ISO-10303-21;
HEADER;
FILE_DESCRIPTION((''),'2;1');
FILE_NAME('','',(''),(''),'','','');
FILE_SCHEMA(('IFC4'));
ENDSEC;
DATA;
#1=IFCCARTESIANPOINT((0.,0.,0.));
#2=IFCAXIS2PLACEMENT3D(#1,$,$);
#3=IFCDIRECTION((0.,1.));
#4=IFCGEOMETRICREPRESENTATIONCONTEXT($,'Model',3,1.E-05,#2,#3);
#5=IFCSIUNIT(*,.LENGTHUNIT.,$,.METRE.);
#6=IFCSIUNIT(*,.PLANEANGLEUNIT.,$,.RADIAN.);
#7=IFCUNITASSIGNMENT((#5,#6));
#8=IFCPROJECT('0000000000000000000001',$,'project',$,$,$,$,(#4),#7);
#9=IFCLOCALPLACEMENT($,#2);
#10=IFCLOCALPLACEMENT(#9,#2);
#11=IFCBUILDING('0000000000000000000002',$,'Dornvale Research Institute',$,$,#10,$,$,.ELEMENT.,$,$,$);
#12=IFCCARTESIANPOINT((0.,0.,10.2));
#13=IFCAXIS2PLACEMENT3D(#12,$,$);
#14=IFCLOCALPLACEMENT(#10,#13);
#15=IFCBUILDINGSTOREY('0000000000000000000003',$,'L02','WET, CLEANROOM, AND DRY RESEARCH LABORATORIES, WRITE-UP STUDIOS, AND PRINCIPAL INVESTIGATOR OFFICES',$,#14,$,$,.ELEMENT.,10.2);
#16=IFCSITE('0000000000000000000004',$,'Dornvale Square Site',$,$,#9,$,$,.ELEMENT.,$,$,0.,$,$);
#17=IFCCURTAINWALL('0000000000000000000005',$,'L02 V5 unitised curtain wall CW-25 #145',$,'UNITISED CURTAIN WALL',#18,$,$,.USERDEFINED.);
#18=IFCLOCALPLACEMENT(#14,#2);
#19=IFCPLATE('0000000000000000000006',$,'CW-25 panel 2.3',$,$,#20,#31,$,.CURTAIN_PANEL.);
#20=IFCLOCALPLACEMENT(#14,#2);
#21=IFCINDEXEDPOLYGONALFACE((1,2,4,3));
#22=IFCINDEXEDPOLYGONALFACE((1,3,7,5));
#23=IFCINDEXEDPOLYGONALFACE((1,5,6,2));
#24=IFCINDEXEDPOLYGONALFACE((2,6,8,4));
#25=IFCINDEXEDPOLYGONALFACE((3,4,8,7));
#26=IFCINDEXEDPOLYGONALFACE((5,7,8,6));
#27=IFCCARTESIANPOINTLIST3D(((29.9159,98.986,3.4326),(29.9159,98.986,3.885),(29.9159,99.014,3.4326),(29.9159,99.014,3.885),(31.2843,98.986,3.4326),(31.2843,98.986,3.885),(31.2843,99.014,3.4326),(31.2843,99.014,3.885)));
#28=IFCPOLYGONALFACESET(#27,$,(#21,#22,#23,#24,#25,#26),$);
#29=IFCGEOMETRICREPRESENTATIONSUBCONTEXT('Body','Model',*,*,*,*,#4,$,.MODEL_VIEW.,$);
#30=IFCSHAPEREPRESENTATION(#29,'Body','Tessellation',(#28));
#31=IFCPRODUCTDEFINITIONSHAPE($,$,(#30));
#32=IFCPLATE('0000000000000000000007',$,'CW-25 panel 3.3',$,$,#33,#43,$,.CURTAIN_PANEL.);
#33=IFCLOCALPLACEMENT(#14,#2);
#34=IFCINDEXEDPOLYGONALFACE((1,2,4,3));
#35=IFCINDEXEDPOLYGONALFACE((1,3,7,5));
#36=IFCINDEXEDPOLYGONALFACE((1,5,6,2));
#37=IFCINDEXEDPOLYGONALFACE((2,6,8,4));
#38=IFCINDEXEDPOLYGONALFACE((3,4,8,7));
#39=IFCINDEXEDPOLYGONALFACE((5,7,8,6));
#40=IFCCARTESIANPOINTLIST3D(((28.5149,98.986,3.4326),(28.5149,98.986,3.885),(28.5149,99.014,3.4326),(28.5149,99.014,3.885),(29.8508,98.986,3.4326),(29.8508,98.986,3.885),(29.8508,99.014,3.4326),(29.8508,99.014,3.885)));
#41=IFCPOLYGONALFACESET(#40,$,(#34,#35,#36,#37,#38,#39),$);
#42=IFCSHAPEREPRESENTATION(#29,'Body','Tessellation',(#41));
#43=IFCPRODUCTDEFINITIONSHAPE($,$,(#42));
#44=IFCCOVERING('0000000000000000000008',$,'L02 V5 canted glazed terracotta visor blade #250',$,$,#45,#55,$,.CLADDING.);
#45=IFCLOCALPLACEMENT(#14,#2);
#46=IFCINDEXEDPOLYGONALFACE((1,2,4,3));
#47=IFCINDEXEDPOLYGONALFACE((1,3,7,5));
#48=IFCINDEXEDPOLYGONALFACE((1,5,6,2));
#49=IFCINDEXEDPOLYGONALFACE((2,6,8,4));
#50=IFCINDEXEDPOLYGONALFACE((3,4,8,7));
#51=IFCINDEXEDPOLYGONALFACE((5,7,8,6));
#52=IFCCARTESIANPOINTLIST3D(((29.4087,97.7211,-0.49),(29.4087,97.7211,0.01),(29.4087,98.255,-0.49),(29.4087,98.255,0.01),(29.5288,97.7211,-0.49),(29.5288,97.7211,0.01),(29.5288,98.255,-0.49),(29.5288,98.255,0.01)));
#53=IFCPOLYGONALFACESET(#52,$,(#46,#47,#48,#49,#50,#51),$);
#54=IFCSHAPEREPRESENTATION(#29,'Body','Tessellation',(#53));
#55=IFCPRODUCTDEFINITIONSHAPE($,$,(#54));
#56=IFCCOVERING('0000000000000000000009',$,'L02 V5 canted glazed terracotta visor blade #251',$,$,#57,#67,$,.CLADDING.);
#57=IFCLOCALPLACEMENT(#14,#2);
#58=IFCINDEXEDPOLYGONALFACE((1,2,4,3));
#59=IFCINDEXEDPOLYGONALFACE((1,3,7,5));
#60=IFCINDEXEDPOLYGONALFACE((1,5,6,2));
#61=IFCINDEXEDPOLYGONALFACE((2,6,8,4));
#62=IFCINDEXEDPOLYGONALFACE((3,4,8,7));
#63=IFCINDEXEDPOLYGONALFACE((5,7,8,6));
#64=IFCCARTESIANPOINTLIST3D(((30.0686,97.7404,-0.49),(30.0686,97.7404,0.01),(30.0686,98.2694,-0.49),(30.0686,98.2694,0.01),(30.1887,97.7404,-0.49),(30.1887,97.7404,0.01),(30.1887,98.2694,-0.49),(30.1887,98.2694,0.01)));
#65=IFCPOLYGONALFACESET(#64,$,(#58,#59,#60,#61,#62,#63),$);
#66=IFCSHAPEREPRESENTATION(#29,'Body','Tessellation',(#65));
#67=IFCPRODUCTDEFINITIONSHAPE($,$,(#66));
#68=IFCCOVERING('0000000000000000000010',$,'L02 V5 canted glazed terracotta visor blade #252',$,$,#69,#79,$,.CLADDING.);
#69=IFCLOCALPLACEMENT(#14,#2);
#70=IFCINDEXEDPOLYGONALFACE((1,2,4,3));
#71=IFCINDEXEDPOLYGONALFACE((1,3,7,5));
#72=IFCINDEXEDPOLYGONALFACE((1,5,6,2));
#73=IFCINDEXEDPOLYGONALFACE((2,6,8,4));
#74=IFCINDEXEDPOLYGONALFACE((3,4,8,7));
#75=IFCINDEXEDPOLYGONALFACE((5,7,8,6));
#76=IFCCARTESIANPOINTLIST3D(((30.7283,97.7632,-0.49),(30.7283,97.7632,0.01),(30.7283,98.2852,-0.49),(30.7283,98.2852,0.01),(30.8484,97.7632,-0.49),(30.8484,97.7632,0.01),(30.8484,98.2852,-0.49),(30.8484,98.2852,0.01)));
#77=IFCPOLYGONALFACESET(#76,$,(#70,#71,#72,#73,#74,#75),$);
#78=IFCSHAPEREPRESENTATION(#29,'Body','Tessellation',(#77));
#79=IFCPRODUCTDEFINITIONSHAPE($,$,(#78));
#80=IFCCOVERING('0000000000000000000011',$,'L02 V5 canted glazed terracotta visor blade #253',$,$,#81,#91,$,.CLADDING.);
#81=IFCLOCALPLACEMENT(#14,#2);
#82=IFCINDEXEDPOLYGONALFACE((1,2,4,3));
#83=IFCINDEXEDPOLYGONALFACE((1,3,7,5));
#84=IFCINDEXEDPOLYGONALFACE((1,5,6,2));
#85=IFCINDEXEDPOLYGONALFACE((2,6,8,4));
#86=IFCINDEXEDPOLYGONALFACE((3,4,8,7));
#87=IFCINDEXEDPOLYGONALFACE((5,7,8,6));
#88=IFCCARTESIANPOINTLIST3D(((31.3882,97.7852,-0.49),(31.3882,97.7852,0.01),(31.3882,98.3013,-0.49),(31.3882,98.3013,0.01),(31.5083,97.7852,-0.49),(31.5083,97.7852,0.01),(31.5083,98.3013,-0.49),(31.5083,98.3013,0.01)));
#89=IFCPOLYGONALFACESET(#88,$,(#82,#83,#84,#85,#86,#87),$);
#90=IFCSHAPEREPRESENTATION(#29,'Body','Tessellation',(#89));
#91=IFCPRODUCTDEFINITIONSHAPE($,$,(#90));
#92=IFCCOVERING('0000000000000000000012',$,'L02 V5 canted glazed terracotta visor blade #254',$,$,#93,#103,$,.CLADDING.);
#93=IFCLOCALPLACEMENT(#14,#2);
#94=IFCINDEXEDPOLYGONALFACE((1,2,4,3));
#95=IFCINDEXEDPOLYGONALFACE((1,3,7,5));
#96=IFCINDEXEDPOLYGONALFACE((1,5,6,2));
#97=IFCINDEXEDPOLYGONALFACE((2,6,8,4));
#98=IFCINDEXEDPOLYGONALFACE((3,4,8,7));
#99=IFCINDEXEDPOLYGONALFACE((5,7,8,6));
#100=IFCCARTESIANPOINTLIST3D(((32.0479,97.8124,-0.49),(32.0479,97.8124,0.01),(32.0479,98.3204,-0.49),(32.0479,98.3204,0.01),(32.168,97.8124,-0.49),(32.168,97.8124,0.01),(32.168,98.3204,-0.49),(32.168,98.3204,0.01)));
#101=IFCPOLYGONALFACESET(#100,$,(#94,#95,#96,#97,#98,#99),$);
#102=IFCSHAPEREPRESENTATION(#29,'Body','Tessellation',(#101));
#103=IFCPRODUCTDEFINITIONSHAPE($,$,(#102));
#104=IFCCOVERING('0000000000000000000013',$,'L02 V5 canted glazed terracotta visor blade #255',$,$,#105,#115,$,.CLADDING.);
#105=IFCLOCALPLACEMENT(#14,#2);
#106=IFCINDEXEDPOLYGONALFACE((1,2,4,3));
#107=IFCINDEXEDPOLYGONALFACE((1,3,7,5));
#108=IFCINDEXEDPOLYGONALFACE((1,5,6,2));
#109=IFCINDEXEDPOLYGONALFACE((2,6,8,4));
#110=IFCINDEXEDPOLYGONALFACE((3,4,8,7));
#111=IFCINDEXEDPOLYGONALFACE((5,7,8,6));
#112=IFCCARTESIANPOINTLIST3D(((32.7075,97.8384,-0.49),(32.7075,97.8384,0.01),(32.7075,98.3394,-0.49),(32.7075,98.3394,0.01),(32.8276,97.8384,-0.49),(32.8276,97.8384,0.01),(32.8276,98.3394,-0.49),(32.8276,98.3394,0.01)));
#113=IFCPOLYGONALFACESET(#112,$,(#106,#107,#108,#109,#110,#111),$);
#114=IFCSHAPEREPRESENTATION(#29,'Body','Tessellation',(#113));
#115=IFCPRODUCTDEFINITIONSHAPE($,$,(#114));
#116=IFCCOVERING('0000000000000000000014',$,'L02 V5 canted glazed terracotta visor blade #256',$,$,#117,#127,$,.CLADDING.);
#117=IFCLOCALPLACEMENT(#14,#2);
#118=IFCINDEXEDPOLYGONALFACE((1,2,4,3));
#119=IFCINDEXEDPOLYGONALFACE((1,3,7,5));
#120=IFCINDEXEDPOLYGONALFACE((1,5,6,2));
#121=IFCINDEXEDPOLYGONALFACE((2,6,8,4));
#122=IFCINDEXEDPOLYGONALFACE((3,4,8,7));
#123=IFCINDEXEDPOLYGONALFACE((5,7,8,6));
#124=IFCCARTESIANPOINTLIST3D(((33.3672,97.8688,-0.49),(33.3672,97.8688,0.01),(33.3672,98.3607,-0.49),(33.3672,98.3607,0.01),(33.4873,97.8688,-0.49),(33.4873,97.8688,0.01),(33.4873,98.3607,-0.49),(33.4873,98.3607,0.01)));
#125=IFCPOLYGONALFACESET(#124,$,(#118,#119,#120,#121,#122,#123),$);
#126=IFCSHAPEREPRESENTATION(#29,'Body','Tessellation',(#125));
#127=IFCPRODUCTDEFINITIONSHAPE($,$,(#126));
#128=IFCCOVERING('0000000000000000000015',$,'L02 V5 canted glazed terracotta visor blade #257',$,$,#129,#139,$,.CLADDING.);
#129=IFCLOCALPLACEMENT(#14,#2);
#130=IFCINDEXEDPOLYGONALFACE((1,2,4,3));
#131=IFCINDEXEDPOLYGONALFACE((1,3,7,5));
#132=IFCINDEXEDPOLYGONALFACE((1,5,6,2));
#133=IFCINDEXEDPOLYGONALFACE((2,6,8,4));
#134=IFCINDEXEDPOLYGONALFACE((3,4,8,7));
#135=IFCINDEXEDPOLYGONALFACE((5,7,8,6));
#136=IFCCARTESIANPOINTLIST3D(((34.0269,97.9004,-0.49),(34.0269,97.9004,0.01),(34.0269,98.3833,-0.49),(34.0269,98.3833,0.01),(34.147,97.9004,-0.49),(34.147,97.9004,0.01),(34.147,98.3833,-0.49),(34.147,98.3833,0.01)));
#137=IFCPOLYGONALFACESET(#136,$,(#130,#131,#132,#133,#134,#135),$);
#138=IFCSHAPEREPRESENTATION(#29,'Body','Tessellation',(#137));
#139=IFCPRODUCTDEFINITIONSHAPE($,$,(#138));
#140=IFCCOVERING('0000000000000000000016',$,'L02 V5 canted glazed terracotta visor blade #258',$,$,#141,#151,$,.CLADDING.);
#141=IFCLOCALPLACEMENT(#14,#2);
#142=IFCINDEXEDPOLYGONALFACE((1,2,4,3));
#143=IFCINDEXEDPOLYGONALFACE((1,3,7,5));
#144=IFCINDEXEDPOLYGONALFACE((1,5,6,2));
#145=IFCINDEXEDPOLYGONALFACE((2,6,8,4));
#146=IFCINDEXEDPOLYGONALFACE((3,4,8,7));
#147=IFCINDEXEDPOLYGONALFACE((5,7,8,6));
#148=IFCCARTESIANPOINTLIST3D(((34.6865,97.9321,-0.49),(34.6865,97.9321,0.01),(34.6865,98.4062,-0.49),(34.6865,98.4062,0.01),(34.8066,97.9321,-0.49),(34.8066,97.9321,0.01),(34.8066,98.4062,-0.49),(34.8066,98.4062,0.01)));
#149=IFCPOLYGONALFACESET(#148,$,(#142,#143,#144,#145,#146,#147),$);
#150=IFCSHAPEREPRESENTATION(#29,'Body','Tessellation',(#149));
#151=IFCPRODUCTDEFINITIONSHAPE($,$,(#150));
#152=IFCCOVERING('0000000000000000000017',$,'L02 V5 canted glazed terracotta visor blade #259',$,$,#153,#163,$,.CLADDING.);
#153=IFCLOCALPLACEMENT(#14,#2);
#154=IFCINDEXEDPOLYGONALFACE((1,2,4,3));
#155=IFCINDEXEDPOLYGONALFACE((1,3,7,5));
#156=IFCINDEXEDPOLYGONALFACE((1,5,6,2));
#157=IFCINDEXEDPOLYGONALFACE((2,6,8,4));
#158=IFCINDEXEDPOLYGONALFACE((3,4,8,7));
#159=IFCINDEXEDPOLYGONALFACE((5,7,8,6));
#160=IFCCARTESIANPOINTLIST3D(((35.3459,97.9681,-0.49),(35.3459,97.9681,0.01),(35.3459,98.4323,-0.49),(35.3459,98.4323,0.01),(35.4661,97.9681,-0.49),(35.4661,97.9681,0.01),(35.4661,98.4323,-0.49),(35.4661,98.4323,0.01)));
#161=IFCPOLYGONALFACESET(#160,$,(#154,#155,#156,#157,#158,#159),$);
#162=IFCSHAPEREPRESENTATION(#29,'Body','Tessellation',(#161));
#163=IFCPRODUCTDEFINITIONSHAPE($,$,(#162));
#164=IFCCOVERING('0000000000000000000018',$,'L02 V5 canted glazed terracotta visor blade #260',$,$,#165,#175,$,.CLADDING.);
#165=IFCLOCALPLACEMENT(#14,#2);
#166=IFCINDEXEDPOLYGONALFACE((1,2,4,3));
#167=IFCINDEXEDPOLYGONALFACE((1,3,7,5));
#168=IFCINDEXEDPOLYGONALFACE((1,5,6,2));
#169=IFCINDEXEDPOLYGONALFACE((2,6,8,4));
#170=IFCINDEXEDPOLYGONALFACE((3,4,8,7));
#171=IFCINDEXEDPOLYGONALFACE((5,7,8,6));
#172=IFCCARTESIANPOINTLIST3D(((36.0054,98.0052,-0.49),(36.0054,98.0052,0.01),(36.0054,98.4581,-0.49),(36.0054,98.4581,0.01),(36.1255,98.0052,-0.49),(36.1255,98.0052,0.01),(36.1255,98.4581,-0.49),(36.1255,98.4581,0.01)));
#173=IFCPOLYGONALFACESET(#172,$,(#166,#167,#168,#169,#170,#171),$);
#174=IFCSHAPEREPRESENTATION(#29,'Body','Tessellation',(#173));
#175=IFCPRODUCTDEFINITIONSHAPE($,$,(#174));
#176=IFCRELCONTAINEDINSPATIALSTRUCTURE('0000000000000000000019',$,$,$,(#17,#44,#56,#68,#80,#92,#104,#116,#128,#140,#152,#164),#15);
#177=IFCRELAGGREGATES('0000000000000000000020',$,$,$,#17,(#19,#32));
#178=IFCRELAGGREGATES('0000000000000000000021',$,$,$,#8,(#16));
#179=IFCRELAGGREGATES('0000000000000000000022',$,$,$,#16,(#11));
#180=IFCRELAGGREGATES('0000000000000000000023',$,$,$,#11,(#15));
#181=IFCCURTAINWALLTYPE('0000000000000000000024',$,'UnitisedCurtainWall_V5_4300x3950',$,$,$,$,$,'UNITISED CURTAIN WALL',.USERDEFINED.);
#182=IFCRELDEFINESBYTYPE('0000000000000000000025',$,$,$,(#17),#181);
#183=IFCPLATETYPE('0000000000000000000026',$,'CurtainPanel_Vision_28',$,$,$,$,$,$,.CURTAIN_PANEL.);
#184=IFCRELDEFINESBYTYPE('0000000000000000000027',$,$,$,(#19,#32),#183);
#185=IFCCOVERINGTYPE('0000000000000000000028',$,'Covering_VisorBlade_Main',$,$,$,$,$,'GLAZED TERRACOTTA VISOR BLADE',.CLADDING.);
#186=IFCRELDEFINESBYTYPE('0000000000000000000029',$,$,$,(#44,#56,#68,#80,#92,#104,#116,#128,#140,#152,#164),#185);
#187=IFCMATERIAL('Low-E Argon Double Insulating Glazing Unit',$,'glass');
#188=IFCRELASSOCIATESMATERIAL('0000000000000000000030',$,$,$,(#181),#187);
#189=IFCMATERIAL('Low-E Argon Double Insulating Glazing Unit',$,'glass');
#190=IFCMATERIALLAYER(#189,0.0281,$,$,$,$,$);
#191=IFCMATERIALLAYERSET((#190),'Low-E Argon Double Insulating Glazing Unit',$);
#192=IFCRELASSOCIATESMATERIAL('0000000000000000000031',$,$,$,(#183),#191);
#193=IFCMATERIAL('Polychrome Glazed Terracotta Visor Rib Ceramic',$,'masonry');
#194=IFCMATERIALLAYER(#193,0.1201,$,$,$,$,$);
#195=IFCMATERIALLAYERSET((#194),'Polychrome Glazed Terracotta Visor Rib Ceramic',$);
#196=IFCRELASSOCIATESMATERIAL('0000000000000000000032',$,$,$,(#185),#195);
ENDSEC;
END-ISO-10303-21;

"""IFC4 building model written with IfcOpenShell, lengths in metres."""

from ifc_helpers import new_model, si_unit, direction, frame, origin, origin_2d, place, context, subcontext, project, spatial, rectangle, extrude, material, layer, layer_set, type_object, element, aggregate, save


model = new_model("IFC4")

# Units and contexts
model_context = context("Model", 3, precision=1e-05, world=origin(), true_north=direction((0.0, 1.0)))
body_context = subcontext(model_context, "Body", "Model", "MODEL_VIEW")
ifc_project = project(units=[si_unit("LENGTHUNIT", "METRE"), si_unit("PLANEANGLEUNIT", "RADIAN")], contexts=[model_context])

# Site, building, storey
site_placement = place(None, origin())
site = spatial("IfcSite", under=ifc_project, at=site_placement, Name="Dornvale Square Site", CompositionType="ELEMENT", RefElevation=0.0)
building_placement = place(site_placement, origin())
building = spatial("IfcBuilding", under=site, at=building_placement, Name="Dornvale Research Institute", CompositionType="ELEMENT")
storey_placement = place(building_placement, frame((0.0, 0.0, 10.2)))
storey = spatial("IfcBuildingStorey", under=building, at=storey_placement, Name="L02", Description="WET, CLEANROOM, AND DRY RESEARCH LABORATORIES, WRITE-UP STUDIOS, AND PRINCIPAL INVESTIGATOR OFFICES", CompositionType="ELEMENT", Elevation=10.2)

# Curtain wall, plates
ifc_material_1 = material(Name="Low-E Argon Double Insulating Glazing Unit", Category="glass")
curtain_wall_type = type_object("IfcCurtainWallType", Name="UnitisedCurtainWall_V5_4300x3950", ElementType="UNITISED CURTAIN WALL", PredefinedType="USERDEFINED", material=ifc_material_1)
curtain_wall_placement = place(storey_placement, origin())
curtain_wall = element("IfcCurtainWall", 1, at=curtain_wall_placement, inside=storey, type_object=curtain_wall_type, Name="L02 V5 unitised curtain wall CW-25 #145", ObjectType="UNITISED CURTAIN WALL", PredefinedType="USERDEFINED")
ifc_material_2 = material(Name="Low-E Argon Double Insulating Glazing Unit", Category="glass")
ifc_layer_1 = layer(ifc_material_2, 0.0281)
ifc_layer_set_1 = layer_set([ifc_layer_1], Name="Low-E Argon Double Insulating Glazing Unit")
plate_type_1 = type_object("IfcPlateType", Name="CurtainPanel_Vision_28", PredefinedType="CURTAIN_PANEL", material=ifc_layer_set_1)
plate_1_placement = place(storey_placement, frame((30.6001, 99.0, 3.4326), z_axis=(0.0, 0.0, 1.0), x_axis=(-1.0, 0.0, 0.0)))
plate_1 = element("IfcPlate", 2, at=plate_1_placement, type_object=plate_type_1, Name="CW-25 panel 2.3", PredefinedType="CURTAIN_PANEL", context=body_context, shape_type="SweptSolid", body=[
    extrude(rectangle(XDim=1.3684, YDim=0.0281, at=origin_2d()), origin(), (0.0, 0.0, 1.0), 0.4524),
])
plate_2_placement = place(storey_placement, frame((29.1829, 99.0, 3.4326), z_axis=(0.0, 0.0, 1.0), x_axis=(-1.0, 0.0, 0.0)))
plate_2 = element("IfcPlate", 3, at=plate_2_placement, type_object=plate_type_1, Name="CW-25 panel 3.3", PredefinedType="CURTAIN_PANEL", context=body_context, shape_type="SweptSolid", body=[
    extrude(rectangle(XDim=1.3359, YDim=0.0281, at=origin_2d()), origin(), (0.0, 0.0, 1.0), 0.4524),
])
aggregate(curtain_wall, [plate_1, plate_2])

# Coverings
ifc_material_3 = material(Name="Polychrome Glazed Terracotta Visor Rib Ceramic", Category="masonry")
ifc_layer_2 = layer(ifc_material_3, 0.1201)
ifc_layer_set_2 = layer_set([ifc_layer_2], Name="Polychrome Glazed Terracotta Visor Rib Ceramic")
covering_type = type_object("IfcCoveringType", Name="Covering_VisorBlade_Main", ElementType="GLAZED TERRACOTTA VISOR BLADE", PredefinedType="CLADDING", material=ifc_layer_set_2)
covering_1_placement = place(storey_placement, frame((29.4688, 97.988, -0.49), z_axis=(0.0, 0.0, 1.0), x_axis=(0.0, 1.0, 0.0)))
element("IfcCovering", 4, at=covering_1_placement, inside=storey, type_object=covering_type, Name="L02 V5 canted glazed terracotta visor blade #250", PredefinedType="CLADDING", context=body_context, shape_type="SweptSolid", body=[
    extrude(rectangle(XDim=0.5339, YDim=0.1201, at=origin_2d()), origin(), (0.0, 0.0, 1.0), 0.5),
])
covering_2_placement = place(storey_placement, frame((30.1287, 98.0049, -0.49), z_axis=(0.0, 0.0, 1.0), x_axis=(0.0, 1.0, 0.0)))
element("IfcCovering", 5, at=covering_2_placement, inside=storey, type_object=covering_type, Name="L02 V5 canted glazed terracotta visor blade #251", PredefinedType="CLADDING", context=body_context, shape_type="SweptSolid", body=[
    extrude(rectangle(XDim=0.5291, YDim=0.1201, at=origin_2d()), origin(), (0.0, 0.0, 1.0), 0.5),
])
covering_3_placement = place(storey_placement, frame((30.7883, 98.0242, -0.49), z_axis=(0.0, 0.0, 1.0), x_axis=(0.0, 1.0, 0.0)))
element("IfcCovering", 6, at=covering_3_placement, inside=storey, type_object=covering_type, Name="L02 V5 canted glazed terracotta visor blade #252", PredefinedType="CLADDING", context=body_context, shape_type="SweptSolid", body=[
    extrude(rectangle(XDim=0.522, YDim=0.1201, at=origin_2d()), origin(), (0.0, 0.0, 1.0), 0.5),
])
covering_4_placement = place(storey_placement, frame((31.4482, 98.0432, -0.49), z_axis=(0.0, 0.0, 1.0), x_axis=(0.0, 1.0, 0.0)))
element("IfcCovering", 7, at=covering_4_placement, inside=storey, type_object=covering_type, Name="L02 V5 canted glazed terracotta visor blade #253", PredefinedType="CLADDING", context=body_context, shape_type="SweptSolid", body=[
    extrude(rectangle(XDim=0.5161, YDim=0.1201, at=origin_2d()), origin(), (0.0, 0.0, 1.0), 0.5),
])
covering_5_placement = place(storey_placement, frame((32.1079, 98.0664, -0.49), z_axis=(0.0, 0.0, 1.0), x_axis=(0.0, 1.0, 0.0)))
element("IfcCovering", 8, at=covering_5_placement, inside=storey, type_object=covering_type, Name="L02 V5 canted glazed terracotta visor blade #254", PredefinedType="CLADDING", context=body_context, shape_type="SweptSolid", body=[
    extrude(rectangle(XDim=0.5081, YDim=0.1201, at=origin_2d()), origin(), (0.0, 0.0, 1.0), 0.5),
])
covering_6_placement = place(storey_placement, frame((32.7676, 98.0889, -0.49), z_axis=(0.0, 0.0, 1.0), x_axis=(0.0, 1.0, 0.0)))
element("IfcCovering", 9, at=covering_6_placement, inside=storey, type_object=covering_type, Name="L02 V5 canted glazed terracotta visor blade #255", PredefinedType="CLADDING", context=body_context, shape_type="SweptSolid", body=[
    extrude(rectangle(XDim=0.501, YDim=0.1201, at=origin_2d()), origin(), (0.0, 0.0, 1.0), 0.5),
])
covering_7_placement = place(storey_placement, frame((33.4272, 98.1147, -0.49), z_axis=(0.0, 0.0, 1.0), x_axis=(0.0, 1.0, 0.0)))
element("IfcCovering", 10, at=covering_7_placement, inside=storey, type_object=covering_type, Name="L02 V5 canted glazed terracotta visor blade #256", PredefinedType="CLADDING", context=body_context, shape_type="SweptSolid", body=[
    extrude(rectangle(XDim=0.4919, YDim=0.1201, at=origin_2d()), origin(), (0.0, 0.0, 1.0), 0.5),
])
covering_8_placement = place(storey_placement, frame((34.0869, 98.1418, -0.49), z_axis=(0.0, 0.0, 1.0), x_axis=(0.0, 1.0, 0.0)))
element("IfcCovering", 11, at=covering_8_placement, inside=storey, type_object=covering_type, Name="L02 V5 canted glazed terracotta visor blade #257", PredefinedType="CLADDING", context=body_context, shape_type="SweptSolid", body=[
    extrude(rectangle(XDim=0.4829, YDim=0.1201, at=origin_2d()), origin(), (0.0, 0.0, 1.0), 0.5),
])
covering_9_placement = place(storey_placement, frame((34.7466, 98.1692, -0.49), z_axis=(0.0, 0.0, 1.0), x_axis=(0.0, 1.0, 0.0)))
element("IfcCovering", 12, at=covering_9_placement, inside=storey, type_object=covering_type, Name="L02 V5 canted glazed terracotta visor blade #258", PredefinedType="CLADDING", context=body_context, shape_type="SweptSolid", body=[
    extrude(rectangle(XDim=0.4741, YDim=0.1201, at=origin_2d()), origin(), (0.0, 0.0, 1.0), 0.5),
])
covering_10_placement = place(storey_placement, frame((35.406, 98.2002, -0.49), z_axis=(0.0, 0.0, 1.0), x_axis=(0.0, 1.0, 0.0)))
element("IfcCovering", 13, at=covering_10_placement, inside=storey, type_object=covering_type, Name="L02 V5 canted glazed terracotta visor blade #259", PredefinedType="CLADDING", context=body_context, shape_type="SweptSolid", body=[
    extrude(rectangle(XDim=0.4641, YDim=0.1201, at=origin_2d()), origin(), (0.0, 0.0, 1.0), 0.5),
])
covering_11_placement = place(storey_placement, frame((36.0654, 98.2317, -0.49), z_axis=(0.0, 0.0, 1.0), x_axis=(0.0, 1.0, 0.0)))
element("IfcCovering", 14, at=covering_11_placement, inside=storey, type_object=covering_type, Name="L02 V5 canted glazed terracotta visor blade #260", PredefinedType="CLADDING", context=body_context, shape_type="SweptSolid", body=[
    extrude(rectangle(XDim=0.4529, YDim=0.1201, at=origin_2d()), origin(), (0.0, 0.0, 1.0), 0.5),
])

save(model, "model.ifc")
